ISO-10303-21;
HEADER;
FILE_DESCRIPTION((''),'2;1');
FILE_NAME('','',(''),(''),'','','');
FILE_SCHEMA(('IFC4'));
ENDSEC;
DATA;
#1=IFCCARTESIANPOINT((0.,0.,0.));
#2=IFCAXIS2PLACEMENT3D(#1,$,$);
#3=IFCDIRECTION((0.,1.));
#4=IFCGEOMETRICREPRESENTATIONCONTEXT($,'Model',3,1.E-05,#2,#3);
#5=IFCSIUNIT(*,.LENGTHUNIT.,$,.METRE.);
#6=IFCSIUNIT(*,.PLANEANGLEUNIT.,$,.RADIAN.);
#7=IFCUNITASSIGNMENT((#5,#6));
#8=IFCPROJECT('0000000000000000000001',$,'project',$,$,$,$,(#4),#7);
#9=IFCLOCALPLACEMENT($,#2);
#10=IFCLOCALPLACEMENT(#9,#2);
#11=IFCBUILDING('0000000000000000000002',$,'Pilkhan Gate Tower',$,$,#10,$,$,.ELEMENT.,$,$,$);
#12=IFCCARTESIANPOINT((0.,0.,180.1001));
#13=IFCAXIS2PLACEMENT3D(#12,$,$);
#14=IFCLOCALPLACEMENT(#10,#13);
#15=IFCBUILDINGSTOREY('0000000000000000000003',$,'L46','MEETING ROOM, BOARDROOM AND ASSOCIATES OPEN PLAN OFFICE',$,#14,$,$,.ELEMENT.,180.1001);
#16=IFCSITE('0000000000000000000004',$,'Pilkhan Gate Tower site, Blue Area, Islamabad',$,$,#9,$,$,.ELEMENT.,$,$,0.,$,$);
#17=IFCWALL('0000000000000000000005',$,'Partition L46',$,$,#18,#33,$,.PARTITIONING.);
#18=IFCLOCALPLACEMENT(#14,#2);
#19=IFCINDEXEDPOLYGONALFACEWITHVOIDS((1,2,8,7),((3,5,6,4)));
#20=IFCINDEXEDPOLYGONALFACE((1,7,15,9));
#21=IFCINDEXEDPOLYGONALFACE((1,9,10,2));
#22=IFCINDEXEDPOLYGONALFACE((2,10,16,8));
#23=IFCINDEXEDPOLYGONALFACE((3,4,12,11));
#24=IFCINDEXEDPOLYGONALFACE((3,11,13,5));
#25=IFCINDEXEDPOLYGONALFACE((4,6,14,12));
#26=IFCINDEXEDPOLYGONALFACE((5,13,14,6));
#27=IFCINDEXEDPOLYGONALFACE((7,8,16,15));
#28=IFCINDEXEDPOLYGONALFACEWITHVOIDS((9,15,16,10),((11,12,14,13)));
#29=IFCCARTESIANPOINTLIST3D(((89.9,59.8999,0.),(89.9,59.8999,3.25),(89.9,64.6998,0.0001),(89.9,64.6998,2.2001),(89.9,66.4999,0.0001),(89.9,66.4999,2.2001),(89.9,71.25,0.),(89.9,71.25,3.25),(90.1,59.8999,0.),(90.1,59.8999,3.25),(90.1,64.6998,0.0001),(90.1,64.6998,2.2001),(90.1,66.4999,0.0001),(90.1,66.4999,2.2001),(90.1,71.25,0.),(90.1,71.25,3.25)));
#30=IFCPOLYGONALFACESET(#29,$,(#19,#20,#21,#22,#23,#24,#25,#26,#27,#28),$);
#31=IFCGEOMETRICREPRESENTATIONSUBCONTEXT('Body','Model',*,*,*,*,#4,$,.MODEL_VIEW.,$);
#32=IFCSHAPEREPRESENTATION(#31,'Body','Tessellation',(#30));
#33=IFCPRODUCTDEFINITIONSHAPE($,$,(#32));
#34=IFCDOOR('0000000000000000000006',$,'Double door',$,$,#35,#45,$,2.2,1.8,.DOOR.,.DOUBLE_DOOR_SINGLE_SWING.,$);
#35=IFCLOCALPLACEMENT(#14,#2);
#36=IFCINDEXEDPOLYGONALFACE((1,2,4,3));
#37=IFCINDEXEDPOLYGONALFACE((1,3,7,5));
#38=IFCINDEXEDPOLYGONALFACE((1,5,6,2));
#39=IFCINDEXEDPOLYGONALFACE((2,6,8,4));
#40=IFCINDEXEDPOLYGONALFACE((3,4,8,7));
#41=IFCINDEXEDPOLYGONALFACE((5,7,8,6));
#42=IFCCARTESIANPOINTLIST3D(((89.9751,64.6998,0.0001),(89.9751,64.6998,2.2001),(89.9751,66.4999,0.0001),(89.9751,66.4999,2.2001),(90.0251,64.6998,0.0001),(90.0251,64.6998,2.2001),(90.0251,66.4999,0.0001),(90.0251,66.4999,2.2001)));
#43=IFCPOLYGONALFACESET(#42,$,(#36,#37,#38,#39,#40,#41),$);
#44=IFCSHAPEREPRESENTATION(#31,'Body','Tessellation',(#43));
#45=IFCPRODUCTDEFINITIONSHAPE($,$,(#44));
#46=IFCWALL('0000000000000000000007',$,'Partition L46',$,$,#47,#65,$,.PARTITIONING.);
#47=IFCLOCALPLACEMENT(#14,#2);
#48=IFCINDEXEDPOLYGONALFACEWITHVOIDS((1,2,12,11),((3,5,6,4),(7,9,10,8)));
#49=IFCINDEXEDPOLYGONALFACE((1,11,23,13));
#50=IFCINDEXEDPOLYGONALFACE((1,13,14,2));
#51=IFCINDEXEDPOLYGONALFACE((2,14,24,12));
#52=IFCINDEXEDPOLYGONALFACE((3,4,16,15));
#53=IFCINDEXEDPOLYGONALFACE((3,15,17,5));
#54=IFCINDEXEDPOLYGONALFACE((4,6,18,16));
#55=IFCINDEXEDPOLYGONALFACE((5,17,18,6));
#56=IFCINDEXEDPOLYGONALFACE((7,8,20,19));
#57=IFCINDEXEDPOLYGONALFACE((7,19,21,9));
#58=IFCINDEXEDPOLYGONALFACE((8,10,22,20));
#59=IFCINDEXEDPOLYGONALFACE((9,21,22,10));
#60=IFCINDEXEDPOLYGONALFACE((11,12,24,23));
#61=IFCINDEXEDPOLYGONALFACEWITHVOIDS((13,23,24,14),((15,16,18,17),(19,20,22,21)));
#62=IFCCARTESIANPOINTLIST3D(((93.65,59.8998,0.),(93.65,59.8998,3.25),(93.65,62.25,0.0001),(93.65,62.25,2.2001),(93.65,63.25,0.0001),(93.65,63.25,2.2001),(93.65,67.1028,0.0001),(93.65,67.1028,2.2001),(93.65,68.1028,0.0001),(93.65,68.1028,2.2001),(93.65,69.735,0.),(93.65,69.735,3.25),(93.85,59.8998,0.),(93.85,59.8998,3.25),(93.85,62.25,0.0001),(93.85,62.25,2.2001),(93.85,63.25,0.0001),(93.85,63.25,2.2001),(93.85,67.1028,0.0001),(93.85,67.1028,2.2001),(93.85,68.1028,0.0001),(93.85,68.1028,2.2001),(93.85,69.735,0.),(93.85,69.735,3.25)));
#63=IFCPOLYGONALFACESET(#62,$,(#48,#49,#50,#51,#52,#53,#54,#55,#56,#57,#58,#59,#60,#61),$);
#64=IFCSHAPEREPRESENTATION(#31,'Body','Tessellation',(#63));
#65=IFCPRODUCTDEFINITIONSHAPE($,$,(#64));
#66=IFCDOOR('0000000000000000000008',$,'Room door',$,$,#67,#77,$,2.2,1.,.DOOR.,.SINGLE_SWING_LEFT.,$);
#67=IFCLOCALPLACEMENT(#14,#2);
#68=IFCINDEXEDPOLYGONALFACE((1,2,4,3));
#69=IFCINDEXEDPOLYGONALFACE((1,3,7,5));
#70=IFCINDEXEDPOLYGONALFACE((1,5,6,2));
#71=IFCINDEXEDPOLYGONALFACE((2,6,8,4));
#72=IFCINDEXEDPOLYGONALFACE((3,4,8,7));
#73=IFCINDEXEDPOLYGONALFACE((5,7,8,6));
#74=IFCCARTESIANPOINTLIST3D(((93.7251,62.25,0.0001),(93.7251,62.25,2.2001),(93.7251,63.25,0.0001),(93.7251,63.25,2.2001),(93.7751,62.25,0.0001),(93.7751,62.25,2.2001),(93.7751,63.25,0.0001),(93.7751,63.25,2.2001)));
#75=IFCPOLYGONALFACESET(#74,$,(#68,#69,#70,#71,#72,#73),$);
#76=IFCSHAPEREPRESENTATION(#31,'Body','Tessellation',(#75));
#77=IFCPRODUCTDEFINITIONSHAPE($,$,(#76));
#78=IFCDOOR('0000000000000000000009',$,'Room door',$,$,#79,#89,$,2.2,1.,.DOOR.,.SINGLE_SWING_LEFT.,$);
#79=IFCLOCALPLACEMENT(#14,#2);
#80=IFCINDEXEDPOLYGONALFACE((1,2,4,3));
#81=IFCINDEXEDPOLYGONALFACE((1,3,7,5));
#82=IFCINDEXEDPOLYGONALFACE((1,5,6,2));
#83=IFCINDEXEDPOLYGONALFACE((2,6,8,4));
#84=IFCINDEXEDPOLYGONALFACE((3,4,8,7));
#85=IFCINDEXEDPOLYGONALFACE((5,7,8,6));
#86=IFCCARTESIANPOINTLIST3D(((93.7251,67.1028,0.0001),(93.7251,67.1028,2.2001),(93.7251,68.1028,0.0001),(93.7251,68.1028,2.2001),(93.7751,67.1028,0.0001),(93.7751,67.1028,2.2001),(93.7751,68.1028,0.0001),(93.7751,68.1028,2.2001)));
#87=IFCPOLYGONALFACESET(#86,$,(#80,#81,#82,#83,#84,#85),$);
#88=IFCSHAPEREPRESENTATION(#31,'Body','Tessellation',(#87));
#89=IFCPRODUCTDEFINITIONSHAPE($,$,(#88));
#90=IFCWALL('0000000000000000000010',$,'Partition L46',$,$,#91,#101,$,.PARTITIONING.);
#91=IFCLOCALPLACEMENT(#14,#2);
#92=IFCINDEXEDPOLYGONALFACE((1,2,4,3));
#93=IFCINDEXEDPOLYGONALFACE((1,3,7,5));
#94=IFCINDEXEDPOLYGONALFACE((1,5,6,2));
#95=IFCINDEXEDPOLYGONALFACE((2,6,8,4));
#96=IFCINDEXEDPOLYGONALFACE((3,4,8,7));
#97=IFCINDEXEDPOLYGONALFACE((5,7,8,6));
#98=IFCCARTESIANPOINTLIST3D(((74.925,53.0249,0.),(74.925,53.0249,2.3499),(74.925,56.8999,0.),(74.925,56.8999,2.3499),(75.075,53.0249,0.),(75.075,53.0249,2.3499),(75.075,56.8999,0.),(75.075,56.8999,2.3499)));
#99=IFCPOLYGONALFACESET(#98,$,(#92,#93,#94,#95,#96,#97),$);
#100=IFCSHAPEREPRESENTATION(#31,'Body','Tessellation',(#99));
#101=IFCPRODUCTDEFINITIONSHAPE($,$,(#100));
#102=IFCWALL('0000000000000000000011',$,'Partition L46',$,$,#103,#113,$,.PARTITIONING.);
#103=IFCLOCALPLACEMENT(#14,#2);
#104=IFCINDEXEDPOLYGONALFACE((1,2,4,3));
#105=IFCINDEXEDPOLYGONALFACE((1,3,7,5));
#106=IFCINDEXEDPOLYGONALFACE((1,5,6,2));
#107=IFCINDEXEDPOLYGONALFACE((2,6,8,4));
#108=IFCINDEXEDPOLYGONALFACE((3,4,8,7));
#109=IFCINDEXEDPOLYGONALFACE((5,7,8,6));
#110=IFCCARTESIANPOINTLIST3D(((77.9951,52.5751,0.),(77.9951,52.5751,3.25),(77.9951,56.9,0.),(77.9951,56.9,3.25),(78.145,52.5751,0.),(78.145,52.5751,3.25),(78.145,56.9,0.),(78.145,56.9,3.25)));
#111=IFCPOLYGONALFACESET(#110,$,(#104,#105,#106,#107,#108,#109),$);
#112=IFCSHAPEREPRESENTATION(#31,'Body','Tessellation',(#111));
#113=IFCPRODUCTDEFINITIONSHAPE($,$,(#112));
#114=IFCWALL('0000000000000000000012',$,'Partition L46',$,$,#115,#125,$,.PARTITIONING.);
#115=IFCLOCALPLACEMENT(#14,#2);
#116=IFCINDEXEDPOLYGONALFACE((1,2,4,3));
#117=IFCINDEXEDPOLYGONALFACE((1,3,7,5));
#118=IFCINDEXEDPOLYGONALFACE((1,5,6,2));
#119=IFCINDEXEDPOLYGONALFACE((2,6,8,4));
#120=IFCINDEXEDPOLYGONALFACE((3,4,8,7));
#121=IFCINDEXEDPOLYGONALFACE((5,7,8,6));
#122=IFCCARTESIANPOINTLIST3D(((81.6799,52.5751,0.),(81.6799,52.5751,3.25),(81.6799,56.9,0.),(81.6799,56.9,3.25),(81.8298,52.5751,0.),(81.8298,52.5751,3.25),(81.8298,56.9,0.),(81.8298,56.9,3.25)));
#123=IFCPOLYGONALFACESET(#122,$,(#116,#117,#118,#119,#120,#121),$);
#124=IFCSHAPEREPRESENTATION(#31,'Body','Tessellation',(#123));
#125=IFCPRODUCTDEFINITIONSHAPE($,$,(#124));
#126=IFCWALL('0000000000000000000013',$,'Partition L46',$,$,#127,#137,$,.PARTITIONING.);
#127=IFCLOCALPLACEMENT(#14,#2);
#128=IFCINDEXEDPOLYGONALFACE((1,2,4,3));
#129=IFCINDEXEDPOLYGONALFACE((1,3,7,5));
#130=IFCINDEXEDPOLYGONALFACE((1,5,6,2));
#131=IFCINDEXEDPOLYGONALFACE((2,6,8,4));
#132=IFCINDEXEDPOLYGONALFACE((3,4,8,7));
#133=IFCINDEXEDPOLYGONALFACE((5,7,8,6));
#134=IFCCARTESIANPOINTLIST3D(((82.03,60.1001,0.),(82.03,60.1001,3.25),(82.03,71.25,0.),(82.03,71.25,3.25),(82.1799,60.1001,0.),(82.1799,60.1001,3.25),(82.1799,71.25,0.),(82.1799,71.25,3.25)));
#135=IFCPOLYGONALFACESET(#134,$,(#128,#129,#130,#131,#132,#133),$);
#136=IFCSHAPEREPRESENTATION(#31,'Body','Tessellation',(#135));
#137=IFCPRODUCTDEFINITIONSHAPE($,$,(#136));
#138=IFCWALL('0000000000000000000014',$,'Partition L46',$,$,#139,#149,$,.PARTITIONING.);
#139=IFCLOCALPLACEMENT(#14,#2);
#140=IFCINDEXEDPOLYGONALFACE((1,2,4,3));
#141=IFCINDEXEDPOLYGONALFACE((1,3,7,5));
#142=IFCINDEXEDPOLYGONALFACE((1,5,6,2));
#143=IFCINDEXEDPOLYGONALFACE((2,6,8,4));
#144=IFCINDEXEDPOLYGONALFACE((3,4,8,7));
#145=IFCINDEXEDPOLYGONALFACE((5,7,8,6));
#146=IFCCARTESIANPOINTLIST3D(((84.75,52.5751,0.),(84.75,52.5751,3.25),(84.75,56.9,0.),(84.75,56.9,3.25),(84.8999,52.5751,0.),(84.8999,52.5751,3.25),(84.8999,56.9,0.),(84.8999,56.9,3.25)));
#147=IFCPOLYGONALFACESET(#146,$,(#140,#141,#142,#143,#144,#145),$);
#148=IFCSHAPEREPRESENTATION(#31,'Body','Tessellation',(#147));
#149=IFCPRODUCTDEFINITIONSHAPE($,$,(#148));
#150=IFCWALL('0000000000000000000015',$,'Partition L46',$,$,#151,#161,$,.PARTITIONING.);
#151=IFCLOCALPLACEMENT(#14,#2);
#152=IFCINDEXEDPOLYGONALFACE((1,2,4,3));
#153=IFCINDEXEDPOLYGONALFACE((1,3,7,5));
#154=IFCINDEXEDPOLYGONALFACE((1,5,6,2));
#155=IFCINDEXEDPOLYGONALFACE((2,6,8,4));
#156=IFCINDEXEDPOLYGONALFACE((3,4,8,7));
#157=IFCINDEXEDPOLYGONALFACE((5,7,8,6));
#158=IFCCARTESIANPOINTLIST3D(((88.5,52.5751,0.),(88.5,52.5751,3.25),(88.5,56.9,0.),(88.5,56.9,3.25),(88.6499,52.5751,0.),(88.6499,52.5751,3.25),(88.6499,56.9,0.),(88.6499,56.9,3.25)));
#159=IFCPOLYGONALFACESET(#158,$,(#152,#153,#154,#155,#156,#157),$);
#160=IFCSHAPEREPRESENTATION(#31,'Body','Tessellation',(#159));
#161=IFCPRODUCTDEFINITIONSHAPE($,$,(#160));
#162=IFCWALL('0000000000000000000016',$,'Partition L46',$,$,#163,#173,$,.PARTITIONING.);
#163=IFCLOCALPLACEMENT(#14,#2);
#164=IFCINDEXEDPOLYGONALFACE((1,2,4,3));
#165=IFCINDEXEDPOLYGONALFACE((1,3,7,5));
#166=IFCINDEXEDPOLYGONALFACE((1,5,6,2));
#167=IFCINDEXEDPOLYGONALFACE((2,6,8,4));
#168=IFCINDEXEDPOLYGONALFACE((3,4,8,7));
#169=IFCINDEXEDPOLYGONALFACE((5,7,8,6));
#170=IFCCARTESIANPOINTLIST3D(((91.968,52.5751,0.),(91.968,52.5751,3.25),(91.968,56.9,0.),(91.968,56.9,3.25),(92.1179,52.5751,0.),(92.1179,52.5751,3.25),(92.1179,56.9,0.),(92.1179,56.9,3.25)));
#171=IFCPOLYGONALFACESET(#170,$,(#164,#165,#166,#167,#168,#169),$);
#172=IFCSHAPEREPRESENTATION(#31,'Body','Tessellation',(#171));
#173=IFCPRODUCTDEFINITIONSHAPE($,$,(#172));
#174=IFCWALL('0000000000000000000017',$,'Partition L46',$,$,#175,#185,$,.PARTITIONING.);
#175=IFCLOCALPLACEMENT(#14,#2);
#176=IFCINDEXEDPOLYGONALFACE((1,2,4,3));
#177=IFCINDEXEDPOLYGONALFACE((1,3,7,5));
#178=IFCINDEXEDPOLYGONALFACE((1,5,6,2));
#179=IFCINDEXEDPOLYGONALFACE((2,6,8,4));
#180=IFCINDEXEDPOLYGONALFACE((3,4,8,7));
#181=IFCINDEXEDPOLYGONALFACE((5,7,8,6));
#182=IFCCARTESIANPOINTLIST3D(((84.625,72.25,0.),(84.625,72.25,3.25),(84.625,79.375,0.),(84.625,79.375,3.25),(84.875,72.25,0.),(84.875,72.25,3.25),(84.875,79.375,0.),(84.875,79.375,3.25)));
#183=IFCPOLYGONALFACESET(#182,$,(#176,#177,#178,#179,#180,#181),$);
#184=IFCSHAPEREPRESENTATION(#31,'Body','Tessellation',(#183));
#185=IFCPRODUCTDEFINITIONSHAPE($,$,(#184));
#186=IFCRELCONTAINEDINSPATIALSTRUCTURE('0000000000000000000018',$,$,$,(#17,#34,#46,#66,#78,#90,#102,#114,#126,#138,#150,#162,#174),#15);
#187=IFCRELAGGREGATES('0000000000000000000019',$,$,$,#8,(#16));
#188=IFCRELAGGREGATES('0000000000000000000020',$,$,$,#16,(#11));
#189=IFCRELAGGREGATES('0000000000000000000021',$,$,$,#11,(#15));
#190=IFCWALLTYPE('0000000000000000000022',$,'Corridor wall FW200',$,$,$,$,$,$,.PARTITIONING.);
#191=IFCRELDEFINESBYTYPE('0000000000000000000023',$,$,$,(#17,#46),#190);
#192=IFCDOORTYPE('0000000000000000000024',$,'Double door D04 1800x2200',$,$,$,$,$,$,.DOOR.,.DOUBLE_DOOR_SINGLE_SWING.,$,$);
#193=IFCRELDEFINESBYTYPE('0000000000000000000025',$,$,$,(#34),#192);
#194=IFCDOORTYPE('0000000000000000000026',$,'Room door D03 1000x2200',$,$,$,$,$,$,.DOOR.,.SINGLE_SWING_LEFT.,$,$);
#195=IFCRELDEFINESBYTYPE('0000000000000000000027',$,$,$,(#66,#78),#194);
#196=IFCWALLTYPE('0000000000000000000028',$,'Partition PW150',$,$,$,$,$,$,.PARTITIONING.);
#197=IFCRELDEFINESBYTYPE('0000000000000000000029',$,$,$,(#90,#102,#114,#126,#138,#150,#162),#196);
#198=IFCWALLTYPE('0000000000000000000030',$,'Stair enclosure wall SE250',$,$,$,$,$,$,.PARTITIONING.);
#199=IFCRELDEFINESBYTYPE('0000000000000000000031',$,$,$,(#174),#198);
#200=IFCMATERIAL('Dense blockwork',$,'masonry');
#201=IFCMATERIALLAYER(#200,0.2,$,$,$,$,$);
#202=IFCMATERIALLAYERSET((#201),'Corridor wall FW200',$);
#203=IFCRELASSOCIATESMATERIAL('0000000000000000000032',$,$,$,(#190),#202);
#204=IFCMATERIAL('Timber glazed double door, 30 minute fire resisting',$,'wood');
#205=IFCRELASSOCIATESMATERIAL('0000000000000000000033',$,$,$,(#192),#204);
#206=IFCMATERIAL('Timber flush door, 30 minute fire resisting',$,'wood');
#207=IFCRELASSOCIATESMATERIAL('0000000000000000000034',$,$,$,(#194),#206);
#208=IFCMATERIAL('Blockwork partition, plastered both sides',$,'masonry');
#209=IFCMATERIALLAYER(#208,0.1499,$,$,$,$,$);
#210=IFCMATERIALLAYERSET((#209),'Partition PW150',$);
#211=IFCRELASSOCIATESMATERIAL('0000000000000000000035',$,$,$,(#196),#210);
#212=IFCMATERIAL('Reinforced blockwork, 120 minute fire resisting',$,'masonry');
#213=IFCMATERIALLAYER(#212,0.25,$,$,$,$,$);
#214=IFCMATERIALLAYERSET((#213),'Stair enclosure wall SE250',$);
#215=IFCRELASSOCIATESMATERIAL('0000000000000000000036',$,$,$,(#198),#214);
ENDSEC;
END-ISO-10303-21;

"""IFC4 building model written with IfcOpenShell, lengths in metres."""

from ifc_helpers import new_model, si_unit, direction, frame, frame_2d, origin, place, context, subcontext, project, spatial, rectangle, extrude, material, layer, layer_set, type_object, element, fill, save


model = new_model("IFC4")

# Units and contexts
model_context = context("Model", 3, precision=1e-05, world=origin(), true_north=direction((0.0, 1.0)))
body_context = subcontext(model_context, "Body", "Model", "MODEL_VIEW")
ifc_project = project(units=[si_unit("LENGTHUNIT", "METRE"), si_unit("PLANEANGLEUNIT", "RADIAN")], contexts=[model_context])

# Site, building, storey
site_placement = place(None, origin())
site = spatial("IfcSite", under=ifc_project, at=site_placement, Name="Pilkhan Gate Tower site, Blue Area, Islamabad", CompositionType="ELEMENT", RefElevation=0.0)
building_placement = place(site_placement, origin())
building = spatial("IfcBuilding", under=site, at=building_placement, Name="Pilkhan Gate Tower", CompositionType="ELEMENT")
storey_placement = place(building_placement, frame((0.0, 0.0, 180.1001)))
storey = spatial("IfcBuildingStorey", under=building, at=storey_placement, Name="L46", Description="MEETING ROOM, BOARDROOM AND ASSOCIATES OPEN PLAN OFFICE", CompositionType="ELEMENT", Elevation=180.1001)

# Wall, opening, door
ifc_material_1 = material(Name="Dense blockwork", Category="masonry")
ifc_layer_1 = layer(ifc_material_1, 0.2)
ifc_layer_set_1 = layer_set([ifc_layer_1], Name="Corridor wall FW200")
wall_type_1 = type_object("IfcWallType", Name="Corridor wall FW200", PredefinedType="PARTITIONING", material=ifc_layer_set_1)
wall_1_placement = place(storey_placement, frame((90.0, 59.8999, 0.0), z_axis=(0.0, 0.0, 1.0), x_axis=(0.0, 1.0, 0.0)))
wall_1 = element("IfcWall", 1, at=wall_1_placement, inside=storey, type_object=wall_type_1, Name="Partition L46", PredefinedType="PARTITIONING", context=body_context, shape_type="SweptSolid", body=[
    extrude(rectangle(XDim=11.3501, YDim=0.2, at=frame_2d((5.675, 0.0))), origin(), (0.0, 0.0, 1.0), 3.25),
])
opening_1_placement = place(wall_1_placement, frame((4.8, 0.0, 0.0)))
opening_1 = element("IfcOpeningElement", 2, at=opening_1_placement, cuts=wall_1, PredefinedType="OPENING", context=body_context, shape_type="SweptSolid", body=[
    extrude(rectangle(XDim=1.8, YDim=2.2, at=frame_2d((0.8999, 1.1001))), frame((0.0, 0.1099, 0.0), z_axis=(0.0, -1.0, 0.0), x_axis=(1.0, 0.0, 0.0)), (0.0, 0.0, 1.0), 0.22),
])
ifc_material_2 = material(Name="Timber glazed double door, 30 minute fire resisting", Category="wood")
door_type_1 = type_object("IfcDoorType", Name="Double door D04 1800x2200", OperationType="DOUBLE_DOOR_SINGLE_SWING", PredefinedType="DOOR", material=ifc_material_2)
door_1_placement = place(opening_1_placement, origin())
door_1 = element("IfcDoor", 3, at=door_1_placement, inside=storey, type_object=door_type_1, Name="Double door", OperationType="DOUBLE_DOOR_SINGLE_SWING", OverallHeight=2.2, OverallWidth=1.8, PredefinedType="DOOR", context=body_context, shape_type="SweptSolid", body=[
    extrude(rectangle(XDim=1.8, YDim=2.2, at=frame_2d((0.8999, 1.1001))), frame((0.0, 0.0249, 0.0), z_axis=(0.0, -1.0, 0.0), x_axis=(1.0, 0.0, 0.0)), (0.0, 0.0, 1.0), 0.05),
])
fill(opening_1, door_1)

# Wall, openings, doors
wall_2_placement = place(storey_placement, frame((93.75, 59.8999, 0.0), z_axis=(0.0, 0.0, 1.0), x_axis=(0.0, 1.0, 0.0)))
wall_2 = element("IfcWall", 4, at=wall_2_placement, inside=storey, type_object=wall_type_1, Name="Partition L46", PredefinedType="PARTITIONING", context=body_context, shape_type="SweptSolid", body=[
    extrude(rectangle(XDim=9.8352, YDim=0.2, at=frame_2d((4.9175, 0.0))), origin(), (0.0, 0.0, 1.0), 3.25),
])
opening_2_placement = place(wall_2_placement, frame((2.3501, 0.0, 0.0)))
opening_2 = element("IfcOpeningElement", 5, at=opening_2_placement, cuts=wall_2, PredefinedType="OPENING", context=body_context, shape_type="SweptSolid", body=[
    extrude(rectangle(XDim=1.0, YDim=2.2, at=frame_2d((0.5, 1.1001))), frame((0.0, 0.1099, 0.0), z_axis=(0.0, -1.0, 0.0), x_axis=(1.0, 0.0, 0.0)), (0.0, 0.0, 1.0), 0.22),
])
opening_3_placement = place(wall_2_placement, frame((7.2029, 0.0, 0.0)))
opening_3 = element("IfcOpeningElement", 6, at=opening_3_placement, cuts=wall_2, PredefinedType="OPENING", context=body_context, shape_type="SweptSolid", body=[
    extrude(rectangle(XDim=1.0, YDim=2.2, at=frame_2d((0.5, 1.1001))), frame((0.0, 0.1099, 0.0), z_axis=(0.0, -1.0, 0.0), x_axis=(1.0, 0.0, 0.0)), (0.0, 0.0, 1.0), 0.22),
])
ifc_material_3 = material(Name="Timber flush door, 30 minute fire resisting", Category="wood")
door_type_2 = type_object("IfcDoorType", Name="Room door D03 1000x2200", OperationType="SINGLE_SWING_LEFT", PredefinedType="DOOR", material=ifc_material_3)
door_2_placement = place(opening_2_placement, origin())
door_2 = element("IfcDoor", 7, at=door_2_placement, inside=storey, type_object=door_type_2, Name="Room door", OperationType="SINGLE_SWING_LEFT", OverallHeight=2.2, OverallWidth=1.0, PredefinedType="DOOR", context=body_context, shape_type="SweptSolid", body=[
    extrude(rectangle(XDim=1.0, YDim=2.2, at=frame_2d((0.5, 1.1001))), frame((0.0, 0.0249, 0.0), z_axis=(0.0, -1.0, 0.0), x_axis=(1.0, 0.0, 0.0)), (0.0, 0.0, 1.0), 0.05),
])
fill(opening_2, door_2)
door_3_placement = place(opening_3_placement, origin())
door_3 = element("IfcDoor", 8, at=door_3_placement, inside=storey, type_object=door_type_2, Name="Room door", OperationType="SINGLE_SWING_LEFT", OverallHeight=2.2, OverallWidth=1.0, PredefinedType="DOOR", context=body_context, shape_type="SweptSolid", body=[
    extrude(rectangle(XDim=1.0, YDim=2.2, at=frame_2d((0.5, 1.1001))), frame((0.0, 0.0249, 0.0), z_axis=(0.0, -1.0, 0.0), x_axis=(1.0, 0.0, 0.0)), (0.0, 0.0, 1.0), 0.05),
])
fill(opening_3, door_3)

# Walls
ifc_material_4 = material(Name="Blockwork partition, plastered both sides", Category="masonry")
ifc_layer_2 = layer(ifc_material_4, 0.1499)
ifc_layer_set_2 = layer_set([ifc_layer_2], Name="Partition PW150")
wall_type_2 = type_object("IfcWallType", Name="Partition PW150", PredefinedType="PARTITIONING", material=ifc_layer_set_2)
wall_3_placement = place(storey_placement, frame((75.0, 53.0249, 0.0), z_axis=(0.0, 0.0, 1.0), x_axis=(0.0, 1.0, 0.0)))
element("IfcWall", 9, at=wall_3_placement, inside=storey, type_object=wall_type_2, Name="Partition L46", PredefinedType="PARTITIONING", context=body_context, shape_type="SweptSolid", body=[
    extrude(rectangle(XDim=3.875, YDim=0.1499, at=frame_2d((1.9375, 0.0))), origin(), (0.0, 0.0, 1.0), 2.3499),
])
for number, where, z_axis, x_axis, name in (
    (10, (78.0701, 52.575, 0.0), (0.0, 0.0, 1.0), (0.0, 1.0, 0.0), "Partition L46"),
    (11, (81.7549, 52.575, 0.0), (0.0, 0.0, 1.0), (0.0, 1.0, 0.0), "Partition L46"),
):
    element("IfcWall", number, at=place(storey_placement, frame(where, z_axis=z_axis, x_axis=x_axis)), inside=storey, type_object=wall_type_2, Name=name, PredefinedType="PARTITIONING", context=body_context, shape_type="SweptSolid", body=[
        extrude(rectangle(XDim=4.325, YDim=0.1499, at=frame_2d((2.1626, 0.0))), origin(), (0.0, 0.0, 1.0), 3.25),
    ])
wall_4_placement = place(storey_placement, frame((82.105, 60.1001, 0.0), z_axis=(0.0, 0.0, 1.0), x_axis=(0.0, 1.0, 0.0)))
element("IfcWall", 12, at=wall_4_placement, inside=storey, type_object=wall_type_2, Name="Partition L46", PredefinedType="PARTITIONING", context=body_context, shape_type="SweptSolid", body=[
    extrude(rectangle(XDim=11.1499, YDim=0.1499, at=frame_2d((5.575, 0.0))), origin(), (0.0, 0.0, 1.0), 3.25),
])
for number, where, z_axis, x_axis, name in (
    (13, (84.825, 52.575, 0.0), (0.0, 0.0, 1.0), (0.0, 1.0, 0.0), "Partition L46"),
    (14, (88.575, 52.575, 0.0), (0.0, 0.0, 1.0), (0.0, 1.0, 0.0), "Partition L46"),
    (15, (92.043, 52.575, 0.0), (0.0, 0.0, 1.0), (0.0, 1.0, 0.0), "Partition L46"),
):
    element("IfcWall", number, at=place(storey_placement, frame(where, z_axis=z_axis, x_axis=x_axis)), inside=storey, type_object=wall_type_2, Name=name, PredefinedType="PARTITIONING", context=body_context, shape_type="SweptSolid", body=[
        extrude(rectangle(XDim=4.325, YDim=0.1499, at=frame_2d((2.1626, 0.0))), origin(), (0.0, 0.0, 1.0), 3.25),
    ])
ifc_material_5 = material(Name="Reinforced blockwork, 120 minute fire resisting", Category="masonry")
ifc_layer_3 = layer(ifc_material_5, 0.25)
ifc_layer_set_3 = layer_set([ifc_layer_3], Name="Stair enclosure wall SE250")
wall_type_3 = type_object("IfcWallType", Name="Stair enclosure wall SE250", PredefinedType="PARTITIONING", material=ifc_layer_set_3)
wall_5_placement = place(storey_placement, frame((84.75, 72.25, 0.0), z_axis=(0.0, 0.0, 1.0), x_axis=(0.0, 1.0, 0.0)))
element("IfcWall", 16, at=wall_5_placement, inside=storey, type_object=wall_type_3, Name="Partition L46", PredefinedType="PARTITIONING", context=body_context, shape_type="SweptSolid", body=[
    extrude(rectangle(XDim=7.125, YDim=0.25, at=frame_2d((3.5625, 0.0))), origin(), (0.0, 0.0, 1.0), 3.25),
])

save(model, "model.ifc")
